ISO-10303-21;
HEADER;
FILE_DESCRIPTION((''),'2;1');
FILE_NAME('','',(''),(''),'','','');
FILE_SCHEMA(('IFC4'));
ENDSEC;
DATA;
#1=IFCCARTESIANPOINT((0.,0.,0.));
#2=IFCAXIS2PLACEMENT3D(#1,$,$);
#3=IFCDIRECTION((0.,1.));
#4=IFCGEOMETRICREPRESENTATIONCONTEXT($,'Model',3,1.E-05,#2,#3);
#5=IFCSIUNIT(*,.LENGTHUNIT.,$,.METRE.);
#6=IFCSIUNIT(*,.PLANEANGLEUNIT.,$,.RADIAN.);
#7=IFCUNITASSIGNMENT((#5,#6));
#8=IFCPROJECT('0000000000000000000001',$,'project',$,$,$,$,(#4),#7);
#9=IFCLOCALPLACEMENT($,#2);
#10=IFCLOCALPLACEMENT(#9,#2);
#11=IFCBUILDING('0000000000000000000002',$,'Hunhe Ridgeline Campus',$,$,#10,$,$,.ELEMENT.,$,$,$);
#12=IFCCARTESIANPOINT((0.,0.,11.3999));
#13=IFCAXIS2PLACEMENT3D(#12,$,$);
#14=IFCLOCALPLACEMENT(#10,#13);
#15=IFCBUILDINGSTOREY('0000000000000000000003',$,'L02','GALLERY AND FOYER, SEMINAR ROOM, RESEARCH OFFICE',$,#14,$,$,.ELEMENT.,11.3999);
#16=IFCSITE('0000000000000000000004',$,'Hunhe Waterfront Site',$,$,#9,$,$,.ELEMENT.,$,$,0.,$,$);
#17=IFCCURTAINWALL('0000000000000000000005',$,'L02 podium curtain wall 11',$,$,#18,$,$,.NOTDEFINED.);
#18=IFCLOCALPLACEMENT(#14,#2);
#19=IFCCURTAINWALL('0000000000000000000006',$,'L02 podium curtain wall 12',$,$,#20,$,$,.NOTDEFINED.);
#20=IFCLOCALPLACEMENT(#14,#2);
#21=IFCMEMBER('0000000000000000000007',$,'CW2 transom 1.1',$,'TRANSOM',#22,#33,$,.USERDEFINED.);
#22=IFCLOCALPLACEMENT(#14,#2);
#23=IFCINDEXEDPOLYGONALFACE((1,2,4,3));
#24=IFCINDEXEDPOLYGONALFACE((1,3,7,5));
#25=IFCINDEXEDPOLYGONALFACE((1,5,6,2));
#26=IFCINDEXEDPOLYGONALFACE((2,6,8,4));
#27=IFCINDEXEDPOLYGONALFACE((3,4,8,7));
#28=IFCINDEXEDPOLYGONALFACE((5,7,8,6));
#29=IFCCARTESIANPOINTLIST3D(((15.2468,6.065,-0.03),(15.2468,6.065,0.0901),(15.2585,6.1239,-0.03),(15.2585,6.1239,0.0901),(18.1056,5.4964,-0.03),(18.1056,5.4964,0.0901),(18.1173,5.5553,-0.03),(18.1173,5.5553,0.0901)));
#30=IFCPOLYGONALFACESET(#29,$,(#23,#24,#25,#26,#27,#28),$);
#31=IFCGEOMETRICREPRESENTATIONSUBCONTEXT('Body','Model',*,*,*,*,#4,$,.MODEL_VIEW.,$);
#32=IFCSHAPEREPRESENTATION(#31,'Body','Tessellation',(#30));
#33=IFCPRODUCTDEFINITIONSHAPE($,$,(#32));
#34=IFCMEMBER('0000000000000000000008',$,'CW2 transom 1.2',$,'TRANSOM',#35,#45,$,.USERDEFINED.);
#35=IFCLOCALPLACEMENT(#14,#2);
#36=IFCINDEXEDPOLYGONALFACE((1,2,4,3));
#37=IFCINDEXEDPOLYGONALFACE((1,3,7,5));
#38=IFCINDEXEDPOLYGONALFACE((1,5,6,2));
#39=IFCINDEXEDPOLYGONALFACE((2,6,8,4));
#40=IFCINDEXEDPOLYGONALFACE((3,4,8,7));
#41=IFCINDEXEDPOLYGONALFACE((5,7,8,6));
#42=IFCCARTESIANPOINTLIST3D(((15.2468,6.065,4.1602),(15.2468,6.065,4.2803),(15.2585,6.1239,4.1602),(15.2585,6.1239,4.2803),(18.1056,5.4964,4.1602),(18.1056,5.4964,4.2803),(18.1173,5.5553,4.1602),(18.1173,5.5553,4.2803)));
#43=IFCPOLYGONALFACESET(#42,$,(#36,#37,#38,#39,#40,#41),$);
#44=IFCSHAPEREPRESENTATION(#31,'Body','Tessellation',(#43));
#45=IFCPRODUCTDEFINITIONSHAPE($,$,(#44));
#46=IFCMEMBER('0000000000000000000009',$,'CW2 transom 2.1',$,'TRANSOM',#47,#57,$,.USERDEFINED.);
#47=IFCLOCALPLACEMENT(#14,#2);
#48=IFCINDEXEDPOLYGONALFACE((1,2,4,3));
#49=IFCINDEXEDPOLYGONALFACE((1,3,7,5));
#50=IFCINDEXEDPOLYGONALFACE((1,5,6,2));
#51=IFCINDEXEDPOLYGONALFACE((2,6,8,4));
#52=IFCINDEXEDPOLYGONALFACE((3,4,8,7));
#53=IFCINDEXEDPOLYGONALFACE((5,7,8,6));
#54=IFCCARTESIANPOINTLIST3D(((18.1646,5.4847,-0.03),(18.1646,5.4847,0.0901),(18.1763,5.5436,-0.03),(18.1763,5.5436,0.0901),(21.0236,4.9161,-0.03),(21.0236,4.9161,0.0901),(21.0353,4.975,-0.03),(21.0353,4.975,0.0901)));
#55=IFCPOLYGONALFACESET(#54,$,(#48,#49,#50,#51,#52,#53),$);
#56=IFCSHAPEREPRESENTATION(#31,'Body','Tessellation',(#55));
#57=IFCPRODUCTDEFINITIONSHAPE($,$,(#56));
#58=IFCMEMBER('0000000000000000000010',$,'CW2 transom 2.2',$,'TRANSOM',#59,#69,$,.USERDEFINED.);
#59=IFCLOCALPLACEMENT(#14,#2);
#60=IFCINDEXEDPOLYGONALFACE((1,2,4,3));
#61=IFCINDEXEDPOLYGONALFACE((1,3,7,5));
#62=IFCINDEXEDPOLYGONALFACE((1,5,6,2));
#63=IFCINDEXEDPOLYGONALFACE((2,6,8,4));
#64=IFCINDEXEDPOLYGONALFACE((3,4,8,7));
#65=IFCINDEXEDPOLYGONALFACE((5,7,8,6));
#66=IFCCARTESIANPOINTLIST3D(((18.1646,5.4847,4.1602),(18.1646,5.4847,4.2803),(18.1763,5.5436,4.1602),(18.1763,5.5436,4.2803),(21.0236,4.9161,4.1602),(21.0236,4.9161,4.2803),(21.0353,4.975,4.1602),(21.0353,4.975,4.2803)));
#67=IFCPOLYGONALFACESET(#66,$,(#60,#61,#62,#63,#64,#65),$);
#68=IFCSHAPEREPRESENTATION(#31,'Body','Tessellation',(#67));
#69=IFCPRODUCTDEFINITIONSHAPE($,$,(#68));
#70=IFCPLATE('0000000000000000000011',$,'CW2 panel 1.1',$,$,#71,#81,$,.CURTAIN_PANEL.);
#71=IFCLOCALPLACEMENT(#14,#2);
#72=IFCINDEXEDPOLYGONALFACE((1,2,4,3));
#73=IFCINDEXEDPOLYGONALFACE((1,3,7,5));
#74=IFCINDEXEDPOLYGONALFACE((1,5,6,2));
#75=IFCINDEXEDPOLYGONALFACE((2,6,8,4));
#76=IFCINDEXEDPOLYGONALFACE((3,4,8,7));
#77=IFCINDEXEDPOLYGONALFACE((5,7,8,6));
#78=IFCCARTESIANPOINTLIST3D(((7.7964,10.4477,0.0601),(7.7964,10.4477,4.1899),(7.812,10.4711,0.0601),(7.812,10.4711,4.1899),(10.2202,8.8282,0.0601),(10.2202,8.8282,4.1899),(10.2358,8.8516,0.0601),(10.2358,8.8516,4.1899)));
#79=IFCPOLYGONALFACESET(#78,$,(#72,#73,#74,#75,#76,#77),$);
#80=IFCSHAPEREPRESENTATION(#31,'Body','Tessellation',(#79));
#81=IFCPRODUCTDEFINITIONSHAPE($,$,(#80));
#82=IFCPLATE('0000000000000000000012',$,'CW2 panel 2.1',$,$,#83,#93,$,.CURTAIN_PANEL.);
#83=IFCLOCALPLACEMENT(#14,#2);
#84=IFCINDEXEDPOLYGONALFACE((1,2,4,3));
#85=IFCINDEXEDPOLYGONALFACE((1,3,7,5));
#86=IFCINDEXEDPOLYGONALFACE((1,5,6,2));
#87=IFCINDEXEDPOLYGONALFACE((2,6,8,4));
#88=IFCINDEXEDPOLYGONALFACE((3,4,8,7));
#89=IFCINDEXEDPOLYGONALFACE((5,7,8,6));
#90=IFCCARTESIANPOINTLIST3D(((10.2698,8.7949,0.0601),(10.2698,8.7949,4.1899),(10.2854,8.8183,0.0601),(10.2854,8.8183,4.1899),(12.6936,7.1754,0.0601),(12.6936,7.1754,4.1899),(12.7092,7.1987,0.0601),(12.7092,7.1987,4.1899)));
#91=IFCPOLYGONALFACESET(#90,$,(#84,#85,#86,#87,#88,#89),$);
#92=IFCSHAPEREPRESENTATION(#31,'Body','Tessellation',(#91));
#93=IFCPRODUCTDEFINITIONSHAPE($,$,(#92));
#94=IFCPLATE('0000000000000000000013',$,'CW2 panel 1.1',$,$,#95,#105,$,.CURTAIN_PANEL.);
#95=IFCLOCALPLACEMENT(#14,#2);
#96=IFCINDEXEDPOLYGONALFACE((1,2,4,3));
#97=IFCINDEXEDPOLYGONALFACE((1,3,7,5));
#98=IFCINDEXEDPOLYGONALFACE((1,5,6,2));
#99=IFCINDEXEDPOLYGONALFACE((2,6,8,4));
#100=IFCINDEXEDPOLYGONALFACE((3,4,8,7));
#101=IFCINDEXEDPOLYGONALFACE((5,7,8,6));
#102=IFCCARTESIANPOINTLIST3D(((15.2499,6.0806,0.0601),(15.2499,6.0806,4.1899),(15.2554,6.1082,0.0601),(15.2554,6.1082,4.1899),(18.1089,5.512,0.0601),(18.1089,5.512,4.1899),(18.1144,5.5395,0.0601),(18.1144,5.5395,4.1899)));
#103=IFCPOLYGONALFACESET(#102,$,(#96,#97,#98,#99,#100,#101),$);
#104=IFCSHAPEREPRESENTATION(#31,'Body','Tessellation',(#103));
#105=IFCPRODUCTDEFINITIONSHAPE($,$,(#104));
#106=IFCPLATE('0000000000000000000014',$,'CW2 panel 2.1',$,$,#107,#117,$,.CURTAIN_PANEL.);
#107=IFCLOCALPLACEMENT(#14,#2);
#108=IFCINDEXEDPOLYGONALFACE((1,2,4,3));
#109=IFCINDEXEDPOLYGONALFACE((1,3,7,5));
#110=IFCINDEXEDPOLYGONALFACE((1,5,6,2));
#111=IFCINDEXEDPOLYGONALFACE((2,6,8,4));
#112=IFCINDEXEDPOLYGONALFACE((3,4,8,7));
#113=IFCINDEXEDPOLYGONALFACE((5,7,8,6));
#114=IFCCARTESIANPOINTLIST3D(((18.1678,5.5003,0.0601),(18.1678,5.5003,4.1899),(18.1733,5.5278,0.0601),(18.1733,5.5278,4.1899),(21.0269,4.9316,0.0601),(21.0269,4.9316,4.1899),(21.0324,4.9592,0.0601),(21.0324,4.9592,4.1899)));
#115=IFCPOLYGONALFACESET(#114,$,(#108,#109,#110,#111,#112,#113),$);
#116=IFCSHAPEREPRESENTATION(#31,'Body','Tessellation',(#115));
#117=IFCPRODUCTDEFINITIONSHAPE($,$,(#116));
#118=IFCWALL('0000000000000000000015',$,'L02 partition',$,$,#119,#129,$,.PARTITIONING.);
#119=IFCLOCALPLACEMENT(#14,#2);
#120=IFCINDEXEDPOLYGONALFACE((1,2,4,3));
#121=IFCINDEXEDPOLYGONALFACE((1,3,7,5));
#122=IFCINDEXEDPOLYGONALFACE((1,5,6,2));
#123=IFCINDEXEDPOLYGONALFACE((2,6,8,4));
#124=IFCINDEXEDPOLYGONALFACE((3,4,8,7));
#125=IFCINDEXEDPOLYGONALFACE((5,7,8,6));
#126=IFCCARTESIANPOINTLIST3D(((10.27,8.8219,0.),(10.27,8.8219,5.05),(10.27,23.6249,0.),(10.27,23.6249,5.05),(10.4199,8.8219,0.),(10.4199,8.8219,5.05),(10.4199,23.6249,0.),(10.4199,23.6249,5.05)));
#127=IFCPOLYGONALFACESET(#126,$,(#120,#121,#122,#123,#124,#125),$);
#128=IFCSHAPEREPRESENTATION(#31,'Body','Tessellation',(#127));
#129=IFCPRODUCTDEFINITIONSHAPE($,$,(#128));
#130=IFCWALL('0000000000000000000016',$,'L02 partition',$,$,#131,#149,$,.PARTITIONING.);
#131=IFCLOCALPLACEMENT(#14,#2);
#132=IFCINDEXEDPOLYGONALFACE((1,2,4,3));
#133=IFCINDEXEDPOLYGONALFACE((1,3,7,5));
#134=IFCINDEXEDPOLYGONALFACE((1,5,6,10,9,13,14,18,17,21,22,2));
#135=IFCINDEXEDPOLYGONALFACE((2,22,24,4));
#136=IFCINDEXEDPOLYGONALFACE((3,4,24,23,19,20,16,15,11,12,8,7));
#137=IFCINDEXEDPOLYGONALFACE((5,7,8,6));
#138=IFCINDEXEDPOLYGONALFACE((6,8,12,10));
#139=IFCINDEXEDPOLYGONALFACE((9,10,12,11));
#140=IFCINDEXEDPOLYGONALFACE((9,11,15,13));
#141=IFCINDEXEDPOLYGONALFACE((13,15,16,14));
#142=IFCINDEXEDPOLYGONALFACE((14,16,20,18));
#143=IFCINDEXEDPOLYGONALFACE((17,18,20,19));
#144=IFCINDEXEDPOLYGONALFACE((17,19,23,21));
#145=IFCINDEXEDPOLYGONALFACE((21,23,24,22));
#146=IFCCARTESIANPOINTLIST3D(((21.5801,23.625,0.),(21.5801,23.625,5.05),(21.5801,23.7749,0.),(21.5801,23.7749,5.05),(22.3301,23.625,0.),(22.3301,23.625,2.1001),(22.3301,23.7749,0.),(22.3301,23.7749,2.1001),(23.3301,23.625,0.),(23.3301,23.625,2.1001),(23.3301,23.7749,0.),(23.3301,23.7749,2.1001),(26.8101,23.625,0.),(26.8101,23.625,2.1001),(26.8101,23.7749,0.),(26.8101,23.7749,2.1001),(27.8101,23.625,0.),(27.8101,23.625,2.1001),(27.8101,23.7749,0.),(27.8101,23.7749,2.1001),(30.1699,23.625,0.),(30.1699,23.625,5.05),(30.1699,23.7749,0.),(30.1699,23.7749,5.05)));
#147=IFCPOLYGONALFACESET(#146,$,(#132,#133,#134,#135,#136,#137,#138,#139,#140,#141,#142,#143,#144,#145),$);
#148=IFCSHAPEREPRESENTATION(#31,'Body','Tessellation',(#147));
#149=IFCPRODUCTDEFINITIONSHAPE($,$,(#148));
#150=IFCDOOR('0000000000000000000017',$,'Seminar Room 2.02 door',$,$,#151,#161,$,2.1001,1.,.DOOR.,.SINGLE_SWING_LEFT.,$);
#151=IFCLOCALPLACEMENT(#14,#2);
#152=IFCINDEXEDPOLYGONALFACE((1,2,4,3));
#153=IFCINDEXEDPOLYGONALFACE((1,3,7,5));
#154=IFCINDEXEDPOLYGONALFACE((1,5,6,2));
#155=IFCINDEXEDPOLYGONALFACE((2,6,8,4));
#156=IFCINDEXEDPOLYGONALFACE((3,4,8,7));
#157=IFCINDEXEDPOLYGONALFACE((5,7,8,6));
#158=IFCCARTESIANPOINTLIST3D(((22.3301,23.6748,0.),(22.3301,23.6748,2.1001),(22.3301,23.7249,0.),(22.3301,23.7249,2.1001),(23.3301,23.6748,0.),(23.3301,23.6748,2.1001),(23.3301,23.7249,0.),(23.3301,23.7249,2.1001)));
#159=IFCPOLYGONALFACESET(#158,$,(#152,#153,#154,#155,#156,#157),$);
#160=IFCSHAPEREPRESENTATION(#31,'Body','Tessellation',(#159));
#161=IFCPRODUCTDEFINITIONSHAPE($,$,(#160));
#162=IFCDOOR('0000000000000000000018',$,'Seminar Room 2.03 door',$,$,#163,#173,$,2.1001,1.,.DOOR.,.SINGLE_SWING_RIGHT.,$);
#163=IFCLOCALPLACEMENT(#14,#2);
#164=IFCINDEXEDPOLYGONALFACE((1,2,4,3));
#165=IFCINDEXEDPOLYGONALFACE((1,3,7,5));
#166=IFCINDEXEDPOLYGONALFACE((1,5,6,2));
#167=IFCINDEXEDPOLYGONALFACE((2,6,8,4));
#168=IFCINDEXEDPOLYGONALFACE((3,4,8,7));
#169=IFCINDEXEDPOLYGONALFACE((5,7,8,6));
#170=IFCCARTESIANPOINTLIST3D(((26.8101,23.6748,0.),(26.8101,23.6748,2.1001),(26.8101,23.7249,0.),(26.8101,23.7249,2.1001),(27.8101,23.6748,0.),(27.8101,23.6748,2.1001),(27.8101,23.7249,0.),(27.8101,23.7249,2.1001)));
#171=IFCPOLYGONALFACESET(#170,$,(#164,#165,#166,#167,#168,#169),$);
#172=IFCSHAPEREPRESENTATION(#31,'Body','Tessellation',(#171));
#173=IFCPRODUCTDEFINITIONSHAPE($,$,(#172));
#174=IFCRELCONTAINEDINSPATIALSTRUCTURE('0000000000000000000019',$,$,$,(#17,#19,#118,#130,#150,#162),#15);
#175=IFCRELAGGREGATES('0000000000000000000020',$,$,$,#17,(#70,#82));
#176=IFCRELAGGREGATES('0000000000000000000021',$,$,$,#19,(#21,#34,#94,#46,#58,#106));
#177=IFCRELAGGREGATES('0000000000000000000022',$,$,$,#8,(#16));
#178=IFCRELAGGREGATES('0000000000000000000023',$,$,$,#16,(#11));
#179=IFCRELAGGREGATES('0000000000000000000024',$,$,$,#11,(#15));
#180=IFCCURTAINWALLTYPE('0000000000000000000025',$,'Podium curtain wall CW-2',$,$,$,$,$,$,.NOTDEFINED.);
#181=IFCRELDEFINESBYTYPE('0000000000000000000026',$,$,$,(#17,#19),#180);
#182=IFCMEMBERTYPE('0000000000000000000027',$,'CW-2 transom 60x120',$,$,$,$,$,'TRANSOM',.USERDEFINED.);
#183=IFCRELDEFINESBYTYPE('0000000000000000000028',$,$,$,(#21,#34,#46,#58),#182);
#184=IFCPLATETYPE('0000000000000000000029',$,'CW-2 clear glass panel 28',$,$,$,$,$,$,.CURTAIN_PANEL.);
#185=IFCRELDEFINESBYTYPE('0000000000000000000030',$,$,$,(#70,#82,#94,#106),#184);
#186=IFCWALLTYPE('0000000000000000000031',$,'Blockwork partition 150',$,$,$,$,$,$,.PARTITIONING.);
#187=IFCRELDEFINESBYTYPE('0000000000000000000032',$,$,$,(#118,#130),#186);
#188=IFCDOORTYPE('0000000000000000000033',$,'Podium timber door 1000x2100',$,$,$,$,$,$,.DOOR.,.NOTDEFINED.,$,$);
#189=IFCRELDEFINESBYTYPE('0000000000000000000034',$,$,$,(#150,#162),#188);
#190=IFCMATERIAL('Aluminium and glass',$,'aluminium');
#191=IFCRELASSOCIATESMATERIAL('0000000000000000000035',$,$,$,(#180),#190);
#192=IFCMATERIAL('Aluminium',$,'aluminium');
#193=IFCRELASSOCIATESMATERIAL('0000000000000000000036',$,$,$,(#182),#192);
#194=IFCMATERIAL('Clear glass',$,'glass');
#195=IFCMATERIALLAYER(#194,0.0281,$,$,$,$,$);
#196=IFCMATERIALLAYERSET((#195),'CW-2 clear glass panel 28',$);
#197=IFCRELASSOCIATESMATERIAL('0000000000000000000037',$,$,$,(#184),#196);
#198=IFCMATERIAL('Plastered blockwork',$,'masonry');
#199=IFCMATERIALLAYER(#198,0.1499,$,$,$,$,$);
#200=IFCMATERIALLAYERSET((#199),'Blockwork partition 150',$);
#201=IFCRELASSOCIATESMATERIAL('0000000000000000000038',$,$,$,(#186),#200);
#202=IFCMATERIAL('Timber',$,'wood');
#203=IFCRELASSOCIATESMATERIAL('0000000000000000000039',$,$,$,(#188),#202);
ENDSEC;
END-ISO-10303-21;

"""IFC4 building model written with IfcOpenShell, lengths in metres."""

from ifc_helpers import new_model, si_unit, direction, frame, frame_2d, origin, origin_2d, place, context, subcontext, project, spatial, rectangle, extrude, material, layer, layer_set, material_profile, profile_set, type_object, element, fill, aggregate, save


model = new_model("IFC4")

# Units and contexts
model_context = context("Model", 3, precision=1e-05, world=origin(), true_north=direction((0.0, 1.0)))
body_context = subcontext(model_context, "Body", "Model", "MODEL_VIEW")
ifc_project = project(units=[si_unit("LENGTHUNIT", "METRE"), si_unit("PLANEANGLEUNIT", "RADIAN")], contexts=[model_context])

# Site, building, storey
site_placement = place(None, origin())
site = spatial("IfcSite", under=ifc_project, at=site_placement, Name="Hunhe Waterfront Site", CompositionType="ELEMENT", RefElevation=0.0)
building_placement = place(site_placement, origin())
building = spatial("IfcBuilding", under=site, at=building_placement, Name="Hunhe Ridgeline Campus", CompositionType="ELEMENT")
storey_placement = place(building_placement, frame((0.0, 0.0, 11.3999)))
storey = spatial("IfcBuildingStorey", under=building, at=storey_placement, Name="L02", Description="GALLERY AND FOYER, SEMINAR ROOM, RESEARCH OFFICE", CompositionType="ELEMENT", Elevation=11.3999)

# Curtain walls
ifc_material_1 = material(Name="Aluminium and glass", Category="aluminium")
curtain_wall_type = type_object("IfcCurtainWallType", Name="Podium curtain wall CW-2", PredefinedType="NOTDEFINED", material=ifc_material_1)
curtain_wall_1_placement = place(storey_placement, origin())
curtain_wall_1 = element("IfcCurtainWall", 1, at=curtain_wall_1_placement, inside=storey, type_object=curtain_wall_type, Name="L02 podium curtain wall 11", PredefinedType="NOTDEFINED")
ifc_material_2 = material(Name="Aluminium", Category="aluminium")
curtain_wall_2_placement = place(storey_placement, origin())
curtain_wall_2 = element("IfcCurtainWall", 2, at=curtain_wall_2_placement, inside=storey, type_object=curtain_wall_type, Name="L02 podium curtain wall 12", PredefinedType="NOTDEFINED")

# Members
ifc_material_profile_1 = material_profile(ifc_material_2, rectangle(XDim=0.0601, YDim=0.1201, at=origin_2d()))
ifc_profile_set_1 = profile_set([ifc_material_profile_1], Name="Aluminium")
member_type_1 = type_object("IfcMemberType", Name="CW-2 transom 60x120", ElementType="TRANSOM", PredefinedType="USERDEFINED", material=ifc_profile_set_1)
member_1_placement = place(storey_placement, frame((15.2527, 6.0945, 0.03), z_axis=(0.98079, -0.195069, 0.0), x_axis=(0.195069, 0.98079, 0.0)))
member_1 = element("IfcMember", 3, at=member_1_placement, type_object=member_type_1, Name="CW2 transom 1.1", ObjectType="TRANSOM", PredefinedType="USERDEFINED", context=body_context, shape_type="SweptSolid", body=[
    extrude(rectangle(XDim=0.0601, YDim=0.1201, at=origin_2d()), origin(), (0.0, 0.0, 1.0), 2.9148),
])
member_2_placement = place(storey_placement, frame((15.2527, 6.0945, 4.2202), z_axis=(0.98079, -0.195069, 0.0), x_axis=(0.195069, 0.98079, 0.0)))
member_2 = element("IfcMember", 4, at=member_2_placement, type_object=member_type_1, Name="CW2 transom 1.2", ObjectType="TRANSOM", PredefinedType="USERDEFINED", context=body_context, shape_type="SweptSolid", body=[
    extrude(rectangle(XDim=0.0601, YDim=0.1201, at=origin_2d()), origin(), (0.0, 0.0, 1.0), 2.9148),
])
member_3_placement = place(storey_placement, frame((18.1704, 5.5142, 0.03), z_axis=(0.980793, -0.195053, 0.0), x_axis=(0.195053, 0.980793, 0.0)))
member_3 = element("IfcMember", 5, at=member_3_placement, type_object=member_type_1, Name="CW2 transom 2.1", ObjectType="TRANSOM", PredefinedType="USERDEFINED", context=body_context, shape_type="SweptSolid", body=[
    extrude(rectangle(XDim=0.0601, YDim=0.1201, at=origin_2d()), origin(), (0.0, 0.0, 1.0), 2.915),
])
member_4_placement = place(storey_placement, frame((18.1704, 5.5142, 4.2202), z_axis=(0.980793, -0.195053, 0.0), x_axis=(0.195053, 0.980793, 0.0)))
member_4 = element("IfcMember", 6, at=member_4_placement, type_object=member_type_1, Name="CW2 transom 2.2", ObjectType="TRANSOM", PredefinedType="USERDEFINED", context=body_context, shape_type="SweptSolid", body=[
    extrude(rectangle(XDim=0.0601, YDim=0.1201, at=origin_2d()), origin(), (0.0, 0.0, 1.0), 2.915),
])

# Plates
ifc_material_3 = material(Name="Clear glass", Category="glass")
ifc_layer_1 = layer(ifc_material_3, 0.0281)
ifc_layer_set_1 = layer_set([ifc_layer_1], Name="CW-2 clear glass panel 28")
plate_type = type_object("IfcPlateType", Name="CW-2 clear glass panel 28", PredefinedType="CURTAIN_PANEL", material=ifc_layer_set_1)
plate_1_placement = place(storey_placement, frame((9.0161, 9.6497, 0.0601), z_axis=(0.0, 0.0, 1.0), x_axis=(0.831469, -0.555572, 0.0)))
plate_1 = element("IfcPlate", 7, at=plate_1_placement, type_object=plate_type, Name="CW2 panel 1.1", PredefinedType="CURTAIN_PANEL", context=body_context, shape_type="SweptSolid", body=[
    extrude(rectangle(XDim=2.915, YDim=0.0281, at=origin_2d()), origin(), (0.0, 0.0, 1.0), 4.1299),
])
plate_2_placement = place(storey_placement, frame((11.4895, 7.9968, 0.0601), z_axis=(0.0, 0.0, 1.0), x_axis=(0.831469, -0.555572, 0.0)))
plate_2 = element("IfcPlate", 8, at=plate_2_placement, type_object=plate_type, Name="CW2 panel 2.1", PredefinedType="CURTAIN_PANEL", context=body_context, shape_type="SweptSolid", body=[
    extrude(rectangle(XDim=2.915, YDim=0.0281, at=origin_2d()), origin(), (0.0, 0.0, 1.0), 4.1299),
])
aggregate(curtain_wall_1, [plate_1, plate_2])
plate_3_placement = place(storey_placement, frame((16.6821, 5.8101, 0.0601), z_axis=(0.0, 0.0, 1.0), x_axis=(0.980787, -0.195079, 0.0)))
plate_3 = element("IfcPlate", 9, at=plate_3_placement, type_object=plate_type, Name="CW2 panel 1.1", PredefinedType="CURTAIN_PANEL", context=body_context, shape_type="SweptSolid", body=[
    extrude(rectangle(XDim=2.915, YDim=0.0281, at=origin_2d()), origin(), (0.0, 0.0, 1.0), 4.1299),
])
plate_4_placement = place(storey_placement, frame((19.6001, 5.2297, 0.0601), z_axis=(0.0, 0.0, 1.0), x_axis=(0.980787, -0.195079, 0.0)))
plate_4 = element("IfcPlate", 10, at=plate_4_placement, type_object=plate_type, Name="CW2 panel 2.1", PredefinedType="CURTAIN_PANEL", context=body_context, shape_type="SweptSolid", body=[
    extrude(rectangle(XDim=2.915, YDim=0.0281, at=origin_2d()), origin(), (0.0, 0.0, 1.0), 4.1299),
])
aggregate(curtain_wall_2, [member_1, member_2, plate_3, member_3, member_4, plate_4])

# Wall
ifc_material_4 = material(Name="Plastered blockwork", Category="masonry")
ifc_layer_2 = layer(ifc_material_4, 0.1499)
ifc_layer_set_2 = layer_set([ifc_layer_2], Name="Blockwork partition 150")
wall_type = type_object("IfcWallType", Name="Blockwork partition 150", PredefinedType="PARTITIONING", material=ifc_layer_set_2)
wall_1_placement = place(storey_placement, frame((10.345, 8.822, 0.0), z_axis=(0.0, 0.0, 1.0), x_axis=(0.0, 1.0, 0.0)))
element("IfcWall", 11, at=wall_1_placement, inside=storey, type_object=wall_type, Name="L02 partition", PredefinedType="PARTITIONING", context=body_context, shape_type="SweptSolid", body=[
    extrude(rectangle(XDim=14.803, YDim=0.1499, at=frame_2d((7.4014, 0.0))), origin(), (0.0, 0.0, 1.0), 5.05),
])

# Wall, openings, doors
wall_2_placement = place(storey_placement, frame((21.5801, 23.7, 0.0), z_axis=(0.0, 0.0, 1.0), x_axis=(1.0, 0.0, 0.0)))
wall_2 = element("IfcWall", 12, at=wall_2_placement, inside=storey, type_object=wall_type, Name="L02 partition", PredefinedType="PARTITIONING", context=body_context, shape_type="SweptSolid", body=[
    extrude(rectangle(XDim=8.5898, YDim=0.1499, at=frame_2d((4.2949, 0.0))), origin(), (0.0, 0.0, 1.0), 5.05),
])
opening_1_placement = place(wall_2_placement, frame((0.75, 0.0, 0.0)))
opening_1 = element("IfcOpeningElement", 13, at=opening_1_placement, cuts=wall_2, PredefinedType="OPENING", context=body_context, shape_type="SweptSolid", body=[
    extrude(rectangle(XDim=1.0, YDim=2.1001, at=frame_2d((0.5, 1.05))), frame((0.0, 0.075, 0.0), z_axis=(0.0, -1.0, 0.0), x_axis=(1.0, 0.0, 0.0)), (0.0, 0.0, 1.0), 0.1499),
])
opening_2_placement = place(wall_2_placement, frame((5.23, 0.0, 0.0)))
opening_2 = element("IfcOpeningElement", 14, at=opening_2_placement, cuts=wall_2, PredefinedType="OPENING", context=body_context, shape_type="SweptSolid", body=[
    extrude(rectangle(XDim=1.0, YDim=2.1001, at=frame_2d((0.5, 1.05))), frame((0.0, 0.075, 0.0), z_axis=(0.0, -1.0, 0.0), x_axis=(1.0, 0.0, 0.0)), (0.0, 0.0, 1.0), 0.1499),
])
ifc_material_5 = material(Name="Timber", Category="wood")
door_type = type_object("IfcDoorType", Name="Podium timber door 1000x2100", OperationType="NOTDEFINED", PredefinedType="DOOR", material=ifc_material_5)
door_1_placement = place(opening_1_placement, origin())
door_1 = element("IfcDoor", 15, at=door_1_placement, inside=storey, type_object=door_type, Name="Seminar Room 2.02 door", OperationType="SINGLE_SWING_LEFT", OverallHeight=2.1001, OverallWidth=1.0, PredefinedType="DOOR", context=body_context, shape_type="SweptSolid", body=[
    extrude(rectangle(XDim=1.0, YDim=2.1001, at=frame_2d((0.5, 1.05))), frame((0.0, 0.0249, 0.0), z_axis=(0.0, -1.0, 0.0), x_axis=(1.0, 0.0, 0.0)), (0.0, 0.0, 1.0), 0.05),
])
fill(opening_1, door_1)
door_2_placement = place(opening_2_placement, origin())
door_2 = element("IfcDoor", 16, at=door_2_placement, inside=storey, type_object=door_type, Name="Seminar Room 2.03 door", OperationType="SINGLE_SWING_RIGHT", OverallHeight=2.1001, OverallWidth=1.0, PredefinedType="DOOR", context=body_context, shape_type="SweptSolid", body=[
    extrude(rectangle(XDim=1.0, YDim=2.1001, at=frame_2d((0.5, 1.05))), frame((0.0, 0.0249, 0.0), z_axis=(0.0, -1.0, 0.0), x_axis=(1.0, 0.0, 0.0)), (0.0, 0.0, 1.0), 0.05),
])
fill(opening_2, door_2)

save(model, "model.ifc")
